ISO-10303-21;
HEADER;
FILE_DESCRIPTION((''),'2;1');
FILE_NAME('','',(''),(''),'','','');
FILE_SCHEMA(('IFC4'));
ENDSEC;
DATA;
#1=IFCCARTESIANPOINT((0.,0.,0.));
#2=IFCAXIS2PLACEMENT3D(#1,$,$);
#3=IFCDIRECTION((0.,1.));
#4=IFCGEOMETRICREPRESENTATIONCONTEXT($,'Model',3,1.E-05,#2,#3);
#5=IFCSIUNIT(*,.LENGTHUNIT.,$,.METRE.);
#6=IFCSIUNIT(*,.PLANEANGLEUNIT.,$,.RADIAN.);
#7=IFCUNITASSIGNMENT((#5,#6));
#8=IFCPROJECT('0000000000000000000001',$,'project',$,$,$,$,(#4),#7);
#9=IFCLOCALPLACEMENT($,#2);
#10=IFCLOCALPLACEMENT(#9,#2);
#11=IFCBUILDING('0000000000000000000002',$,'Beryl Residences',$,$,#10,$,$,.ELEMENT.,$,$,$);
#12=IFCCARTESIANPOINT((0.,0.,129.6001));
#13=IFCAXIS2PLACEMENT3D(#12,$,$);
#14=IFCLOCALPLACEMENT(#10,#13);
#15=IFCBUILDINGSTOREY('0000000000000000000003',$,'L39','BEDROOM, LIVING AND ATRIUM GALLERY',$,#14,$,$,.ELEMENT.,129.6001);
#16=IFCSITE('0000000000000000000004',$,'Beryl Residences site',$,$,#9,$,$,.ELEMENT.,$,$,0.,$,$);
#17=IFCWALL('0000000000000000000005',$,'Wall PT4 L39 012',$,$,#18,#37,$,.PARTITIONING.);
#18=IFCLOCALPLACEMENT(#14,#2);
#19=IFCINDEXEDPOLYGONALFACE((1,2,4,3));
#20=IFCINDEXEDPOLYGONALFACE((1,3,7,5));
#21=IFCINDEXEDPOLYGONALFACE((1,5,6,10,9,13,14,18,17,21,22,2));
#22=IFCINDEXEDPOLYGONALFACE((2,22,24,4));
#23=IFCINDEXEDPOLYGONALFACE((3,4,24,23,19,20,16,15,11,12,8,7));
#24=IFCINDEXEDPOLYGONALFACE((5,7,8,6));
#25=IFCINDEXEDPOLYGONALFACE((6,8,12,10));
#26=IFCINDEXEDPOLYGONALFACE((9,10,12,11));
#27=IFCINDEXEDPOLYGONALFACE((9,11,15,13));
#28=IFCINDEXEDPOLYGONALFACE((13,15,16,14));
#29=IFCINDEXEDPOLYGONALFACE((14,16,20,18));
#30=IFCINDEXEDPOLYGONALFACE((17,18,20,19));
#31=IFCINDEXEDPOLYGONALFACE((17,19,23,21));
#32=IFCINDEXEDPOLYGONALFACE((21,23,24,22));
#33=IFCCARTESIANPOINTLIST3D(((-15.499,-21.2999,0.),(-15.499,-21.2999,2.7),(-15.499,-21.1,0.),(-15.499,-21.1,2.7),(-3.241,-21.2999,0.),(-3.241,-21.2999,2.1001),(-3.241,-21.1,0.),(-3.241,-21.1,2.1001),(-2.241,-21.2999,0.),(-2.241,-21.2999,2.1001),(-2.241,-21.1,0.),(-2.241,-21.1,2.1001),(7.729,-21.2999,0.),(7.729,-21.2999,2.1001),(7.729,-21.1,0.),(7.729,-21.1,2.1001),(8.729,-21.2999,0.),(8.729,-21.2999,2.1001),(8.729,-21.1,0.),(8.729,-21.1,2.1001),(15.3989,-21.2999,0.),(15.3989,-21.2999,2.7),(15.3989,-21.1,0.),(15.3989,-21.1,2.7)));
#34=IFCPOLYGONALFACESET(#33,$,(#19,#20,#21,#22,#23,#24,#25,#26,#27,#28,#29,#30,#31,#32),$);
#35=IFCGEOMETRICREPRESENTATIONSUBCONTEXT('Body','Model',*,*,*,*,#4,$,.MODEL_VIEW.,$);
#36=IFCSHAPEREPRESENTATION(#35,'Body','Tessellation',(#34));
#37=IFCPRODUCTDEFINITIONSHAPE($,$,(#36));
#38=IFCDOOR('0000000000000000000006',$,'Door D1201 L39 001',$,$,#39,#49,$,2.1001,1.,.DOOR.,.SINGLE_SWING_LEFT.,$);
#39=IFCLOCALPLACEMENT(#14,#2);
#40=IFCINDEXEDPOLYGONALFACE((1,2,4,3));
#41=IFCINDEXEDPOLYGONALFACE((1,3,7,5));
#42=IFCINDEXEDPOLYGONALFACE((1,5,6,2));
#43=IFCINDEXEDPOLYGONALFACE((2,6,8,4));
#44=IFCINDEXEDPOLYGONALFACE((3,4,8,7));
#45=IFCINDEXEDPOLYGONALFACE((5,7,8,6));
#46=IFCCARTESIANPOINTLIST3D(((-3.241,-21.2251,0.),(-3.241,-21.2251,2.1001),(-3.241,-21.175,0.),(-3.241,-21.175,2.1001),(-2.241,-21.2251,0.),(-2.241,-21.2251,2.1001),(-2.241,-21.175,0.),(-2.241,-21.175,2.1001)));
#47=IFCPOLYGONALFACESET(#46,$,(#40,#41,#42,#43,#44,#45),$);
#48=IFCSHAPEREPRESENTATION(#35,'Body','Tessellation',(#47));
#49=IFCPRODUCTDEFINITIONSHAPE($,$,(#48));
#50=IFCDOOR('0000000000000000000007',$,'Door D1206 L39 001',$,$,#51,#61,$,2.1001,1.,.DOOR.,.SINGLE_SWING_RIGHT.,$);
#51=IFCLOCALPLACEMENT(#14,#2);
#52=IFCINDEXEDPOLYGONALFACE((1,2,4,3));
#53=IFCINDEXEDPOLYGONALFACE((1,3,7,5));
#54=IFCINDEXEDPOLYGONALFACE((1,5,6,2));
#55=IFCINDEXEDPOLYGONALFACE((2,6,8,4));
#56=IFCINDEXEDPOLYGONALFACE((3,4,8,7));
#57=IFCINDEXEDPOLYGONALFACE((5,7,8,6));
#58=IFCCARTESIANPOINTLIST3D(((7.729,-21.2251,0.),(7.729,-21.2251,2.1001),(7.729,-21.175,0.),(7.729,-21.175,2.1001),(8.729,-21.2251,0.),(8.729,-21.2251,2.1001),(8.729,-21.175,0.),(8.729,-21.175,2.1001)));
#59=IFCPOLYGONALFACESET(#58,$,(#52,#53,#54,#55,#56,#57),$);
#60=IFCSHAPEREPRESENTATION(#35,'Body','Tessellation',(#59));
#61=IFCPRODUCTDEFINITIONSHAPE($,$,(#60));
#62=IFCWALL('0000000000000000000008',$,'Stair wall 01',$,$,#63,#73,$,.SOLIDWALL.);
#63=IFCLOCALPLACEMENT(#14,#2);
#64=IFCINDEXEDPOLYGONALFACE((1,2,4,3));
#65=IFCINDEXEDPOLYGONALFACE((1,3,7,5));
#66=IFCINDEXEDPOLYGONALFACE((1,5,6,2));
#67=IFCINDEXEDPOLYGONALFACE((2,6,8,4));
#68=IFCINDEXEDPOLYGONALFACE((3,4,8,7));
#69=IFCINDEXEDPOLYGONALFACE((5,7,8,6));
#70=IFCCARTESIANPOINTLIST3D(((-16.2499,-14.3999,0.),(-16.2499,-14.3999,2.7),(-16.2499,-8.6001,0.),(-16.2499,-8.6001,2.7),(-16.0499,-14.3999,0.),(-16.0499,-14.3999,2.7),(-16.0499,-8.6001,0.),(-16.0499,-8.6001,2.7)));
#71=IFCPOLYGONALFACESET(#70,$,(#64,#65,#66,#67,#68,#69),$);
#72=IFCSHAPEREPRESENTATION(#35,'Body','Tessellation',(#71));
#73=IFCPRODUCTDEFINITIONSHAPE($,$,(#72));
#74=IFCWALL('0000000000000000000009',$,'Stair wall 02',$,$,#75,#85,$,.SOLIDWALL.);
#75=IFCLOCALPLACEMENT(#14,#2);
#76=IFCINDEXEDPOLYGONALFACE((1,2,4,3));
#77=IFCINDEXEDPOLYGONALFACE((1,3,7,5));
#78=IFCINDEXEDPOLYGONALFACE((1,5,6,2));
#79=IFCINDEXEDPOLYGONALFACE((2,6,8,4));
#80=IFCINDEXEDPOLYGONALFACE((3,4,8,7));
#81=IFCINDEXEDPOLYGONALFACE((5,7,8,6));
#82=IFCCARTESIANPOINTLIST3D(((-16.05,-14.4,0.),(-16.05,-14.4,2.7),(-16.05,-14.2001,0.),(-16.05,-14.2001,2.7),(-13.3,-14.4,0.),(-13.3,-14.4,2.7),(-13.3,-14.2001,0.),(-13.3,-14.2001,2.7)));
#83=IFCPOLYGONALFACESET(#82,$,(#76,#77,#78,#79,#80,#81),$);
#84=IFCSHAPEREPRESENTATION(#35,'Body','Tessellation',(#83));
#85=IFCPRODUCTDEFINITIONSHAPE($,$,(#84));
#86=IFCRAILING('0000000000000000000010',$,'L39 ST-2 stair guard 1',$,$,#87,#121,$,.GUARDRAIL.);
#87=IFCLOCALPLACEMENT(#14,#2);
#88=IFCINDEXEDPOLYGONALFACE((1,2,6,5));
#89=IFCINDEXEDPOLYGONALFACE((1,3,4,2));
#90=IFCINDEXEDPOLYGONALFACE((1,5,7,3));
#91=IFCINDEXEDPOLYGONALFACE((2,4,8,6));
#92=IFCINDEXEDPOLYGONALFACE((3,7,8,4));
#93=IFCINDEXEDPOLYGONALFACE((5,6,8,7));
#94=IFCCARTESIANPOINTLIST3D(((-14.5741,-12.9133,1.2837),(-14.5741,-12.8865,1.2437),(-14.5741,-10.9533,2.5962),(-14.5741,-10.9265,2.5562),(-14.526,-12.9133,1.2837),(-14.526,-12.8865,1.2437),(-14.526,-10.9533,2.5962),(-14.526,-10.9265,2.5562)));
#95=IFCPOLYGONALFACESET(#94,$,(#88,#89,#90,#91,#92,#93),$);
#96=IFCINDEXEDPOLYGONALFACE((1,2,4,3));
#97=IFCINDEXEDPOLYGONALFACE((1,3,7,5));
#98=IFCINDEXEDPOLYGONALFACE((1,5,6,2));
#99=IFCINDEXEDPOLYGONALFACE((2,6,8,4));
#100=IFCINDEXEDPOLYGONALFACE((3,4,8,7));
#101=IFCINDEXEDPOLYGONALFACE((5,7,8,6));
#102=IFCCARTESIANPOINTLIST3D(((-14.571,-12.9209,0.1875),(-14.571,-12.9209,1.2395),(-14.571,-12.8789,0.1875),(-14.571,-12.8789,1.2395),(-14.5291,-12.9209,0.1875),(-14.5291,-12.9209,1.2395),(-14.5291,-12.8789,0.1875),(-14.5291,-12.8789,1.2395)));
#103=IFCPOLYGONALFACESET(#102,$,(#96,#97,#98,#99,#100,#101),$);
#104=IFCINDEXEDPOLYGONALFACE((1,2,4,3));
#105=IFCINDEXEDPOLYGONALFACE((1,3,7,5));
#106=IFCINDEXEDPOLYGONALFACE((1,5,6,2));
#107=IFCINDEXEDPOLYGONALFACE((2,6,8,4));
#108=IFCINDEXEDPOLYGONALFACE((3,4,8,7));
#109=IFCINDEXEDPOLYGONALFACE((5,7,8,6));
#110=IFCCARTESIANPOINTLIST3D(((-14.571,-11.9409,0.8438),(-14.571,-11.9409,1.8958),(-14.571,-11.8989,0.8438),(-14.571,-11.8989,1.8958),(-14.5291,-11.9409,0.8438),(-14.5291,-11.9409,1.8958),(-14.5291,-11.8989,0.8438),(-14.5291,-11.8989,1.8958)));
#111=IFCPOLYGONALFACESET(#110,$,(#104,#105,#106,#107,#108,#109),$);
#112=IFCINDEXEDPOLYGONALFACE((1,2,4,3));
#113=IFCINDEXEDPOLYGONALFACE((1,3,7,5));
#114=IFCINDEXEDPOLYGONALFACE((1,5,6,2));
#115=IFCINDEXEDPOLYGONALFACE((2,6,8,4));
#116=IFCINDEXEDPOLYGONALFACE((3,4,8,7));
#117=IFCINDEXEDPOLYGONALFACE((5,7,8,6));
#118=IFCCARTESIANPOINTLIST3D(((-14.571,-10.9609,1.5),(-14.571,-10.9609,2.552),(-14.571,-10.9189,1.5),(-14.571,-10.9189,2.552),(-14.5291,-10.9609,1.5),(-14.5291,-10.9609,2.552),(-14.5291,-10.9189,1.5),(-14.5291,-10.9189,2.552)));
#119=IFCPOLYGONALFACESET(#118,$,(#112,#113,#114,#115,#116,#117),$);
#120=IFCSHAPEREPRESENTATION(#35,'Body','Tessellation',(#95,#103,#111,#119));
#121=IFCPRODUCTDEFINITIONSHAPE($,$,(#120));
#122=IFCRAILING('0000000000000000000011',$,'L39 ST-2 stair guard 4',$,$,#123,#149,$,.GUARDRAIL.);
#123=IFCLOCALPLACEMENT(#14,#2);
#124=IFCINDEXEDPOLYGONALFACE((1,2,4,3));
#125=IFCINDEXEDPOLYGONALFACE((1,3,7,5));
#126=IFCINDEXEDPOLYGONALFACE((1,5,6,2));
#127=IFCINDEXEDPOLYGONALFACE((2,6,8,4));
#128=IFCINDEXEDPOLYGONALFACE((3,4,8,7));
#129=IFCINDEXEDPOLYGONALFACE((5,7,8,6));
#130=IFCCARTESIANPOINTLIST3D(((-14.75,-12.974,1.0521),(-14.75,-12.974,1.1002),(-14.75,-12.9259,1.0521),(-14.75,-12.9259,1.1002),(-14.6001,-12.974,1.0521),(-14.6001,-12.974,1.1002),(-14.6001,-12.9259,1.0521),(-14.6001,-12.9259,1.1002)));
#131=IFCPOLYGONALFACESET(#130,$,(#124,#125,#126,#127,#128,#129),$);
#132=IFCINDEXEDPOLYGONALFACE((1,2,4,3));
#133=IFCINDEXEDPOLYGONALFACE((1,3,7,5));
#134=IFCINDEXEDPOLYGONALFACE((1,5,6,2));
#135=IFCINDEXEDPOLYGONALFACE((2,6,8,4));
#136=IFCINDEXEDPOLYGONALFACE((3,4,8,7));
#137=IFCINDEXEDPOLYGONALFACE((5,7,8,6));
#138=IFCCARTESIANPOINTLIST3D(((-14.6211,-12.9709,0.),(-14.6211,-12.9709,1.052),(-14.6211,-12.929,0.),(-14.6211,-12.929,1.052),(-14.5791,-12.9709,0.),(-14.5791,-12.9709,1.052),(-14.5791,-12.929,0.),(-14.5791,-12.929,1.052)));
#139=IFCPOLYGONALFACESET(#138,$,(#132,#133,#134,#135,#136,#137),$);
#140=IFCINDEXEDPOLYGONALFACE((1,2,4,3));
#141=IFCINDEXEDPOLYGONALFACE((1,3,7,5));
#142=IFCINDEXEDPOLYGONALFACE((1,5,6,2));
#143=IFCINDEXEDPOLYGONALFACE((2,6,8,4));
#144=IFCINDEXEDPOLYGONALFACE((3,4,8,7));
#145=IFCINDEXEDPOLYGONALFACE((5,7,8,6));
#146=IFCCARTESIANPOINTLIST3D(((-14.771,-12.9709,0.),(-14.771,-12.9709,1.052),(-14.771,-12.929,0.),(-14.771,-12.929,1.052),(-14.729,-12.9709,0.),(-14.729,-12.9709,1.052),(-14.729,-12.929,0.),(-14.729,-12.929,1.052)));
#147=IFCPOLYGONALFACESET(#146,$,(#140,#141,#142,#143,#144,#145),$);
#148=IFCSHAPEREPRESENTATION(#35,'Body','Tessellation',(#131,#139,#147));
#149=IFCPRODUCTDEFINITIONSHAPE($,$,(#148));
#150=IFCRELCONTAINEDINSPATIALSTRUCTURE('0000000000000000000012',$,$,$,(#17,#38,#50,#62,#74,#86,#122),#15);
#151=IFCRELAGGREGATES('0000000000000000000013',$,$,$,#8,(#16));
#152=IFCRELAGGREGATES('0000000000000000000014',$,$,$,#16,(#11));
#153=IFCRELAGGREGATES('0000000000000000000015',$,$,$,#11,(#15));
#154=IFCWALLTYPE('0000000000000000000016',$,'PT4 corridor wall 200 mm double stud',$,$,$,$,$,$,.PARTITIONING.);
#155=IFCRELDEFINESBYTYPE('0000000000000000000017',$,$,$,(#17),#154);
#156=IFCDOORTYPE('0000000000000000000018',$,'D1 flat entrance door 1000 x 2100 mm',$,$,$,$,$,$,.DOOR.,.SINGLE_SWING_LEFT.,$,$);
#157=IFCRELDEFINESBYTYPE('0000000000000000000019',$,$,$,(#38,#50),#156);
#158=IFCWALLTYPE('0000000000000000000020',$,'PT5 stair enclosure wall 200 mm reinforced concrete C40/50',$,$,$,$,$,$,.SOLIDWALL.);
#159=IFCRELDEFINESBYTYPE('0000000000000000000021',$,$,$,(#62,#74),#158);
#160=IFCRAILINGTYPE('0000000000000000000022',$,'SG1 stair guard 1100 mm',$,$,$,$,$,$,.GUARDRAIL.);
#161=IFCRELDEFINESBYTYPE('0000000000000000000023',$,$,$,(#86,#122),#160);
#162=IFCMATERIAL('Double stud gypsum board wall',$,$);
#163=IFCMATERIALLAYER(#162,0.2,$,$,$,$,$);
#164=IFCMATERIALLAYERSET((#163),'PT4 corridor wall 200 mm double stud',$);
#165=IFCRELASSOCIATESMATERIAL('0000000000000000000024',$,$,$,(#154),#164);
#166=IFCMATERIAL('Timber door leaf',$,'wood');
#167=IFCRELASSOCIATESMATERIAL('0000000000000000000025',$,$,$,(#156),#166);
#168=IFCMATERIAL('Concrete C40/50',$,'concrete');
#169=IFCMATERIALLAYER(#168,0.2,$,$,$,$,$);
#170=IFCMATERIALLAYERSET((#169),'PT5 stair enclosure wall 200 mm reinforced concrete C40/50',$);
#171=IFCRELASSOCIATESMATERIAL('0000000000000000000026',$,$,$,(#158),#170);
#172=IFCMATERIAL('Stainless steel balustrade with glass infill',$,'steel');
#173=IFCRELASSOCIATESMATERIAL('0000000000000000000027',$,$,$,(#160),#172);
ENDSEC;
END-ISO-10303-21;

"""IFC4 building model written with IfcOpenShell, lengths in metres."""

from ifc_helpers import new_model, si_unit, direction, frame, frame_2d, origin, origin_2d, place, context, subcontext, project, spatial, rectangle, extrude, material, layer, layer_set, type_object, element, fill, save


model = new_model("IFC4")

# Units and contexts
model_context = context("Model", 3, precision=1e-05, world=origin(), true_north=direction((0.0, 1.0)))
body_context = subcontext(model_context, "Body", "Model", "MODEL_VIEW")
ifc_project = project(units=[si_unit("LENGTHUNIT", "METRE"), si_unit("PLANEANGLEUNIT", "RADIAN")], contexts=[model_context])

# Site, building, storey
site_placement = place(None, origin())
site = spatial("IfcSite", under=ifc_project, at=site_placement, Name="Beryl Residences site", CompositionType="ELEMENT", RefElevation=0.0)
building_placement = place(site_placement, origin())
building = spatial("IfcBuilding", under=site, at=building_placement, Name="Beryl Residences", CompositionType="ELEMENT")
storey_placement = place(building_placement, frame((0.0, 0.0, 129.6001)))
storey = spatial("IfcBuildingStorey", under=building, at=storey_placement, Name="L39", Description="BEDROOM, LIVING AND ATRIUM GALLERY", CompositionType="ELEMENT", Elevation=129.6001)

# Shared definitions
ifc_material_1 = material(Name="Double stud gypsum board wall")
ifc_layer_1 = layer(ifc_material_1, 0.2)
ifc_layer_set_1 = layer_set([ifc_layer_1], Name="PT4 corridor wall 200 mm double stud")
wall_type_1 = type_object("IfcWallType", Name="PT4 corridor wall 200 mm double stud", PredefinedType="PARTITIONING", material=ifc_layer_set_1)

# Wall, openings, doors
wall_1_placement = place(storey_placement, frame((-15.499, -21.2, 0.0), z_axis=(0.0, 0.0, 1.0), x_axis=(1.0, 0.0, 0.0)))
wall_1 = element("IfcWall", 1, at=wall_1_placement, inside=storey, type_object=wall_type_1, Name="Wall PT4 L39 012", PredefinedType="PARTITIONING", context=body_context, shape_type="SweptSolid", body=[
    extrude(rectangle(XDim=30.8979, YDim=0.2, at=frame_2d((15.449, 0.0))), origin(), (0.0, 0.0, 1.0), 2.7),
])
opening_1_placement = place(wall_1_placement, frame((12.2581, 0.0, 0.0)))
opening_1 = element("IfcOpeningElement", 2, at=opening_1_placement, cuts=wall_1, PredefinedType="OPENING", context=body_context, shape_type="SweptSolid", body=[
    extrude(rectangle(XDim=1.0, YDim=2.1001, at=frame_2d((0.5, 1.05))), frame((0.0, 0.1099, 0.0), z_axis=(0.0, -1.0, 0.0), x_axis=(1.0, 0.0, 0.0)), (0.0, 0.0, 1.0), 0.22),
])
opening_2_placement = place(wall_1_placement, frame((23.228, 0.0, 0.0)))
opening_2 = element("IfcOpeningElement", 3, at=opening_2_placement, cuts=wall_1, PredefinedType="OPENING", context=body_context, shape_type="SweptSolid", body=[
    extrude(rectangle(XDim=1.0, YDim=2.1001, at=frame_2d((0.5, 1.05))), frame((0.0, 0.1099, 0.0), z_axis=(0.0, -1.0, 0.0), x_axis=(1.0, 0.0, 0.0)), (0.0, 0.0, 1.0), 0.22),
])
ifc_material_2 = material(Name="Timber door leaf", Category="wood")
door_type_1 = type_object("IfcDoorType", Name="D1 flat entrance door 1000 x 2100 mm", OperationType="SINGLE_SWING_LEFT", PredefinedType="DOOR", material=ifc_material_2)
door_1_placement = place(opening_1_placement, origin())
door_1 = element("IfcDoor", 4, at=door_1_placement, inside=storey, type_object=door_type_1, Name="Door D1201 L39 001", OperationType="SINGLE_SWING_LEFT", OverallHeight=2.1001, OverallWidth=1.0, PredefinedType="DOOR", context=body_context, shape_type="SweptSolid", body=[
    extrude(rectangle(XDim=1.0, YDim=2.1001, at=frame_2d((0.5, 1.05))), frame((0.0, 0.0249, 0.0), z_axis=(0.0, -1.0, 0.0), x_axis=(1.0, 0.0, 0.0)), (0.0, 0.0, 1.0), 0.05),
])
fill(opening_1, door_1)
door_2_placement = place(opening_2_placement, origin())
door_2 = element("IfcDoor", 5, at=door_2_placement, inside=storey, type_object=door_type_1, Name="Door D1206 L39 001", OperationType="SINGLE_SWING_RIGHT", OverallHeight=2.1001, OverallWidth=1.0, PredefinedType="DOOR", context=body_context, shape_type="SweptSolid", body=[
    extrude(rectangle(XDim=1.0, YDim=2.1001, at=frame_2d((0.5, 1.05))), frame((0.0, 0.0249, 0.0), z_axis=(0.0, -1.0, 0.0), x_axis=(1.0, 0.0, 0.0)), (0.0, 0.0, 1.0), 0.05),
])
fill(opening_2, door_2)

# Walls
ifc_material_3 = material(Name="Concrete C40/50", Category="concrete")
ifc_layer_2 = layer(ifc_material_3, 0.2)
ifc_layer_set_2 = layer_set([ifc_layer_2], Name="PT5 stair enclosure wall 200 mm reinforced concrete C40/50")
wall_type_2 = type_object("IfcWallType", Name="PT5 stair enclosure wall 200 mm reinforced concrete C40/50", PredefinedType="SOLIDWALL", material=ifc_layer_set_2)
wall_2_placement = place(storey_placement, frame((-16.1499, -14.3999, 0.0), z_axis=(0.0, 0.0, 1.0), x_axis=(0.0, 1.0, 0.0)))
element("IfcWall", 6, at=wall_2_placement, inside=storey, type_object=wall_type_2, Name="Stair wall 01", PredefinedType="SOLIDWALL", context=body_context, shape_type="SweptSolid", body=[
    extrude(rectangle(XDim=5.7998, YDim=0.2, at=frame_2d((2.8999, 0.0))), origin(), (0.0, 0.0, 1.0), 2.7),
])
wall_3_placement = place(storey_placement, frame((-16.05, -14.3, 0.0), z_axis=(0.0, 0.0, 1.0), x_axis=(1.0, 0.0, 0.0)))
element("IfcWall", 7, at=wall_3_placement, inside=storey, type_object=wall_type_2, Name="Stair wall 02", PredefinedType="SOLIDWALL", context=body_context, shape_type="SweptSolid", body=[
    extrude(rectangle(XDim=2.75, YDim=0.2, at=frame_2d((1.375, 0.0))), origin(), (0.0, 0.0, 1.0), 2.7),
])

# Railings
ifc_material_4 = material(Name="Stainless steel balustrade with glass infill", Category="steel")
railing_type = type_object("IfcRailingType", Name="SG1 stair guard 1100 mm", PredefinedType="GUARDRAIL", material=ifc_material_4)
railing_1_placement = place(storey_placement, frame((-14.55, -12.8999, 0.1875)))
element("IfcRailing", 8, at=railing_1_placement, inside=storey, type_object=railing_type, Name="L39 ST-2 stair guard 1", PredefinedType="GUARDRAIL", context=body_context, shape_type="SweptSolid", body=[
    extrude(rectangle(XDim=0.0481, YDim=0.0481, at=origin_2d()), frame((0.0, 0.0, 1.0762), z_axis=(0.0, 0.830902, 0.556419), x_axis=(-1.0, 0.0, 0.0)), (0.0, 0.0, 1.0), 2.3589),
    extrude(rectangle(XDim=0.042, YDim=0.042, at=origin_2d()), origin(), (0.0, 0.0, 1.0), 1.052),
    extrude(rectangle(XDim=0.042, YDim=0.042, at=origin_2d()), frame((0.0, 0.98, 0.6562)), (0.0, 0.0, 1.0), 1.052),
    extrude(rectangle(XDim=0.042, YDim=0.042, at=origin_2d()), frame((0.0, 1.96, 1.3125)), (0.0, 0.0, 1.0), 1.052),
])
railing_2_placement = place(storey_placement, frame((-14.6001, -12.95, 0.0)))
element("IfcRailing", 9, at=railing_2_placement, inside=storey, type_object=railing_type, Name="L39 ST-2 stair guard 4", PredefinedType="GUARDRAIL", context=body_context, shape_type="SweptSolid", body=[
    extrude(rectangle(XDim=0.0481, YDim=0.0481, at=origin_2d()), frame((0.0, 0.0, 1.0762), z_axis=(-1.0, 0.0, 0.0), x_axis=(0.0, -1.0, 0.0)), (0.0, 0.0, 1.0), 0.1499),
    extrude(rectangle(XDim=0.042, YDim=0.042, at=origin_2d()), origin(), (0.0, 0.0, 1.0), 1.052),
    extrude(rectangle(XDim=0.042, YDim=0.042, at=origin_2d()), frame((-0.1499, 0.0, 0.0)), (0.0, 0.0, 1.0), 1.052),
])

save(model, "model.ifc")
